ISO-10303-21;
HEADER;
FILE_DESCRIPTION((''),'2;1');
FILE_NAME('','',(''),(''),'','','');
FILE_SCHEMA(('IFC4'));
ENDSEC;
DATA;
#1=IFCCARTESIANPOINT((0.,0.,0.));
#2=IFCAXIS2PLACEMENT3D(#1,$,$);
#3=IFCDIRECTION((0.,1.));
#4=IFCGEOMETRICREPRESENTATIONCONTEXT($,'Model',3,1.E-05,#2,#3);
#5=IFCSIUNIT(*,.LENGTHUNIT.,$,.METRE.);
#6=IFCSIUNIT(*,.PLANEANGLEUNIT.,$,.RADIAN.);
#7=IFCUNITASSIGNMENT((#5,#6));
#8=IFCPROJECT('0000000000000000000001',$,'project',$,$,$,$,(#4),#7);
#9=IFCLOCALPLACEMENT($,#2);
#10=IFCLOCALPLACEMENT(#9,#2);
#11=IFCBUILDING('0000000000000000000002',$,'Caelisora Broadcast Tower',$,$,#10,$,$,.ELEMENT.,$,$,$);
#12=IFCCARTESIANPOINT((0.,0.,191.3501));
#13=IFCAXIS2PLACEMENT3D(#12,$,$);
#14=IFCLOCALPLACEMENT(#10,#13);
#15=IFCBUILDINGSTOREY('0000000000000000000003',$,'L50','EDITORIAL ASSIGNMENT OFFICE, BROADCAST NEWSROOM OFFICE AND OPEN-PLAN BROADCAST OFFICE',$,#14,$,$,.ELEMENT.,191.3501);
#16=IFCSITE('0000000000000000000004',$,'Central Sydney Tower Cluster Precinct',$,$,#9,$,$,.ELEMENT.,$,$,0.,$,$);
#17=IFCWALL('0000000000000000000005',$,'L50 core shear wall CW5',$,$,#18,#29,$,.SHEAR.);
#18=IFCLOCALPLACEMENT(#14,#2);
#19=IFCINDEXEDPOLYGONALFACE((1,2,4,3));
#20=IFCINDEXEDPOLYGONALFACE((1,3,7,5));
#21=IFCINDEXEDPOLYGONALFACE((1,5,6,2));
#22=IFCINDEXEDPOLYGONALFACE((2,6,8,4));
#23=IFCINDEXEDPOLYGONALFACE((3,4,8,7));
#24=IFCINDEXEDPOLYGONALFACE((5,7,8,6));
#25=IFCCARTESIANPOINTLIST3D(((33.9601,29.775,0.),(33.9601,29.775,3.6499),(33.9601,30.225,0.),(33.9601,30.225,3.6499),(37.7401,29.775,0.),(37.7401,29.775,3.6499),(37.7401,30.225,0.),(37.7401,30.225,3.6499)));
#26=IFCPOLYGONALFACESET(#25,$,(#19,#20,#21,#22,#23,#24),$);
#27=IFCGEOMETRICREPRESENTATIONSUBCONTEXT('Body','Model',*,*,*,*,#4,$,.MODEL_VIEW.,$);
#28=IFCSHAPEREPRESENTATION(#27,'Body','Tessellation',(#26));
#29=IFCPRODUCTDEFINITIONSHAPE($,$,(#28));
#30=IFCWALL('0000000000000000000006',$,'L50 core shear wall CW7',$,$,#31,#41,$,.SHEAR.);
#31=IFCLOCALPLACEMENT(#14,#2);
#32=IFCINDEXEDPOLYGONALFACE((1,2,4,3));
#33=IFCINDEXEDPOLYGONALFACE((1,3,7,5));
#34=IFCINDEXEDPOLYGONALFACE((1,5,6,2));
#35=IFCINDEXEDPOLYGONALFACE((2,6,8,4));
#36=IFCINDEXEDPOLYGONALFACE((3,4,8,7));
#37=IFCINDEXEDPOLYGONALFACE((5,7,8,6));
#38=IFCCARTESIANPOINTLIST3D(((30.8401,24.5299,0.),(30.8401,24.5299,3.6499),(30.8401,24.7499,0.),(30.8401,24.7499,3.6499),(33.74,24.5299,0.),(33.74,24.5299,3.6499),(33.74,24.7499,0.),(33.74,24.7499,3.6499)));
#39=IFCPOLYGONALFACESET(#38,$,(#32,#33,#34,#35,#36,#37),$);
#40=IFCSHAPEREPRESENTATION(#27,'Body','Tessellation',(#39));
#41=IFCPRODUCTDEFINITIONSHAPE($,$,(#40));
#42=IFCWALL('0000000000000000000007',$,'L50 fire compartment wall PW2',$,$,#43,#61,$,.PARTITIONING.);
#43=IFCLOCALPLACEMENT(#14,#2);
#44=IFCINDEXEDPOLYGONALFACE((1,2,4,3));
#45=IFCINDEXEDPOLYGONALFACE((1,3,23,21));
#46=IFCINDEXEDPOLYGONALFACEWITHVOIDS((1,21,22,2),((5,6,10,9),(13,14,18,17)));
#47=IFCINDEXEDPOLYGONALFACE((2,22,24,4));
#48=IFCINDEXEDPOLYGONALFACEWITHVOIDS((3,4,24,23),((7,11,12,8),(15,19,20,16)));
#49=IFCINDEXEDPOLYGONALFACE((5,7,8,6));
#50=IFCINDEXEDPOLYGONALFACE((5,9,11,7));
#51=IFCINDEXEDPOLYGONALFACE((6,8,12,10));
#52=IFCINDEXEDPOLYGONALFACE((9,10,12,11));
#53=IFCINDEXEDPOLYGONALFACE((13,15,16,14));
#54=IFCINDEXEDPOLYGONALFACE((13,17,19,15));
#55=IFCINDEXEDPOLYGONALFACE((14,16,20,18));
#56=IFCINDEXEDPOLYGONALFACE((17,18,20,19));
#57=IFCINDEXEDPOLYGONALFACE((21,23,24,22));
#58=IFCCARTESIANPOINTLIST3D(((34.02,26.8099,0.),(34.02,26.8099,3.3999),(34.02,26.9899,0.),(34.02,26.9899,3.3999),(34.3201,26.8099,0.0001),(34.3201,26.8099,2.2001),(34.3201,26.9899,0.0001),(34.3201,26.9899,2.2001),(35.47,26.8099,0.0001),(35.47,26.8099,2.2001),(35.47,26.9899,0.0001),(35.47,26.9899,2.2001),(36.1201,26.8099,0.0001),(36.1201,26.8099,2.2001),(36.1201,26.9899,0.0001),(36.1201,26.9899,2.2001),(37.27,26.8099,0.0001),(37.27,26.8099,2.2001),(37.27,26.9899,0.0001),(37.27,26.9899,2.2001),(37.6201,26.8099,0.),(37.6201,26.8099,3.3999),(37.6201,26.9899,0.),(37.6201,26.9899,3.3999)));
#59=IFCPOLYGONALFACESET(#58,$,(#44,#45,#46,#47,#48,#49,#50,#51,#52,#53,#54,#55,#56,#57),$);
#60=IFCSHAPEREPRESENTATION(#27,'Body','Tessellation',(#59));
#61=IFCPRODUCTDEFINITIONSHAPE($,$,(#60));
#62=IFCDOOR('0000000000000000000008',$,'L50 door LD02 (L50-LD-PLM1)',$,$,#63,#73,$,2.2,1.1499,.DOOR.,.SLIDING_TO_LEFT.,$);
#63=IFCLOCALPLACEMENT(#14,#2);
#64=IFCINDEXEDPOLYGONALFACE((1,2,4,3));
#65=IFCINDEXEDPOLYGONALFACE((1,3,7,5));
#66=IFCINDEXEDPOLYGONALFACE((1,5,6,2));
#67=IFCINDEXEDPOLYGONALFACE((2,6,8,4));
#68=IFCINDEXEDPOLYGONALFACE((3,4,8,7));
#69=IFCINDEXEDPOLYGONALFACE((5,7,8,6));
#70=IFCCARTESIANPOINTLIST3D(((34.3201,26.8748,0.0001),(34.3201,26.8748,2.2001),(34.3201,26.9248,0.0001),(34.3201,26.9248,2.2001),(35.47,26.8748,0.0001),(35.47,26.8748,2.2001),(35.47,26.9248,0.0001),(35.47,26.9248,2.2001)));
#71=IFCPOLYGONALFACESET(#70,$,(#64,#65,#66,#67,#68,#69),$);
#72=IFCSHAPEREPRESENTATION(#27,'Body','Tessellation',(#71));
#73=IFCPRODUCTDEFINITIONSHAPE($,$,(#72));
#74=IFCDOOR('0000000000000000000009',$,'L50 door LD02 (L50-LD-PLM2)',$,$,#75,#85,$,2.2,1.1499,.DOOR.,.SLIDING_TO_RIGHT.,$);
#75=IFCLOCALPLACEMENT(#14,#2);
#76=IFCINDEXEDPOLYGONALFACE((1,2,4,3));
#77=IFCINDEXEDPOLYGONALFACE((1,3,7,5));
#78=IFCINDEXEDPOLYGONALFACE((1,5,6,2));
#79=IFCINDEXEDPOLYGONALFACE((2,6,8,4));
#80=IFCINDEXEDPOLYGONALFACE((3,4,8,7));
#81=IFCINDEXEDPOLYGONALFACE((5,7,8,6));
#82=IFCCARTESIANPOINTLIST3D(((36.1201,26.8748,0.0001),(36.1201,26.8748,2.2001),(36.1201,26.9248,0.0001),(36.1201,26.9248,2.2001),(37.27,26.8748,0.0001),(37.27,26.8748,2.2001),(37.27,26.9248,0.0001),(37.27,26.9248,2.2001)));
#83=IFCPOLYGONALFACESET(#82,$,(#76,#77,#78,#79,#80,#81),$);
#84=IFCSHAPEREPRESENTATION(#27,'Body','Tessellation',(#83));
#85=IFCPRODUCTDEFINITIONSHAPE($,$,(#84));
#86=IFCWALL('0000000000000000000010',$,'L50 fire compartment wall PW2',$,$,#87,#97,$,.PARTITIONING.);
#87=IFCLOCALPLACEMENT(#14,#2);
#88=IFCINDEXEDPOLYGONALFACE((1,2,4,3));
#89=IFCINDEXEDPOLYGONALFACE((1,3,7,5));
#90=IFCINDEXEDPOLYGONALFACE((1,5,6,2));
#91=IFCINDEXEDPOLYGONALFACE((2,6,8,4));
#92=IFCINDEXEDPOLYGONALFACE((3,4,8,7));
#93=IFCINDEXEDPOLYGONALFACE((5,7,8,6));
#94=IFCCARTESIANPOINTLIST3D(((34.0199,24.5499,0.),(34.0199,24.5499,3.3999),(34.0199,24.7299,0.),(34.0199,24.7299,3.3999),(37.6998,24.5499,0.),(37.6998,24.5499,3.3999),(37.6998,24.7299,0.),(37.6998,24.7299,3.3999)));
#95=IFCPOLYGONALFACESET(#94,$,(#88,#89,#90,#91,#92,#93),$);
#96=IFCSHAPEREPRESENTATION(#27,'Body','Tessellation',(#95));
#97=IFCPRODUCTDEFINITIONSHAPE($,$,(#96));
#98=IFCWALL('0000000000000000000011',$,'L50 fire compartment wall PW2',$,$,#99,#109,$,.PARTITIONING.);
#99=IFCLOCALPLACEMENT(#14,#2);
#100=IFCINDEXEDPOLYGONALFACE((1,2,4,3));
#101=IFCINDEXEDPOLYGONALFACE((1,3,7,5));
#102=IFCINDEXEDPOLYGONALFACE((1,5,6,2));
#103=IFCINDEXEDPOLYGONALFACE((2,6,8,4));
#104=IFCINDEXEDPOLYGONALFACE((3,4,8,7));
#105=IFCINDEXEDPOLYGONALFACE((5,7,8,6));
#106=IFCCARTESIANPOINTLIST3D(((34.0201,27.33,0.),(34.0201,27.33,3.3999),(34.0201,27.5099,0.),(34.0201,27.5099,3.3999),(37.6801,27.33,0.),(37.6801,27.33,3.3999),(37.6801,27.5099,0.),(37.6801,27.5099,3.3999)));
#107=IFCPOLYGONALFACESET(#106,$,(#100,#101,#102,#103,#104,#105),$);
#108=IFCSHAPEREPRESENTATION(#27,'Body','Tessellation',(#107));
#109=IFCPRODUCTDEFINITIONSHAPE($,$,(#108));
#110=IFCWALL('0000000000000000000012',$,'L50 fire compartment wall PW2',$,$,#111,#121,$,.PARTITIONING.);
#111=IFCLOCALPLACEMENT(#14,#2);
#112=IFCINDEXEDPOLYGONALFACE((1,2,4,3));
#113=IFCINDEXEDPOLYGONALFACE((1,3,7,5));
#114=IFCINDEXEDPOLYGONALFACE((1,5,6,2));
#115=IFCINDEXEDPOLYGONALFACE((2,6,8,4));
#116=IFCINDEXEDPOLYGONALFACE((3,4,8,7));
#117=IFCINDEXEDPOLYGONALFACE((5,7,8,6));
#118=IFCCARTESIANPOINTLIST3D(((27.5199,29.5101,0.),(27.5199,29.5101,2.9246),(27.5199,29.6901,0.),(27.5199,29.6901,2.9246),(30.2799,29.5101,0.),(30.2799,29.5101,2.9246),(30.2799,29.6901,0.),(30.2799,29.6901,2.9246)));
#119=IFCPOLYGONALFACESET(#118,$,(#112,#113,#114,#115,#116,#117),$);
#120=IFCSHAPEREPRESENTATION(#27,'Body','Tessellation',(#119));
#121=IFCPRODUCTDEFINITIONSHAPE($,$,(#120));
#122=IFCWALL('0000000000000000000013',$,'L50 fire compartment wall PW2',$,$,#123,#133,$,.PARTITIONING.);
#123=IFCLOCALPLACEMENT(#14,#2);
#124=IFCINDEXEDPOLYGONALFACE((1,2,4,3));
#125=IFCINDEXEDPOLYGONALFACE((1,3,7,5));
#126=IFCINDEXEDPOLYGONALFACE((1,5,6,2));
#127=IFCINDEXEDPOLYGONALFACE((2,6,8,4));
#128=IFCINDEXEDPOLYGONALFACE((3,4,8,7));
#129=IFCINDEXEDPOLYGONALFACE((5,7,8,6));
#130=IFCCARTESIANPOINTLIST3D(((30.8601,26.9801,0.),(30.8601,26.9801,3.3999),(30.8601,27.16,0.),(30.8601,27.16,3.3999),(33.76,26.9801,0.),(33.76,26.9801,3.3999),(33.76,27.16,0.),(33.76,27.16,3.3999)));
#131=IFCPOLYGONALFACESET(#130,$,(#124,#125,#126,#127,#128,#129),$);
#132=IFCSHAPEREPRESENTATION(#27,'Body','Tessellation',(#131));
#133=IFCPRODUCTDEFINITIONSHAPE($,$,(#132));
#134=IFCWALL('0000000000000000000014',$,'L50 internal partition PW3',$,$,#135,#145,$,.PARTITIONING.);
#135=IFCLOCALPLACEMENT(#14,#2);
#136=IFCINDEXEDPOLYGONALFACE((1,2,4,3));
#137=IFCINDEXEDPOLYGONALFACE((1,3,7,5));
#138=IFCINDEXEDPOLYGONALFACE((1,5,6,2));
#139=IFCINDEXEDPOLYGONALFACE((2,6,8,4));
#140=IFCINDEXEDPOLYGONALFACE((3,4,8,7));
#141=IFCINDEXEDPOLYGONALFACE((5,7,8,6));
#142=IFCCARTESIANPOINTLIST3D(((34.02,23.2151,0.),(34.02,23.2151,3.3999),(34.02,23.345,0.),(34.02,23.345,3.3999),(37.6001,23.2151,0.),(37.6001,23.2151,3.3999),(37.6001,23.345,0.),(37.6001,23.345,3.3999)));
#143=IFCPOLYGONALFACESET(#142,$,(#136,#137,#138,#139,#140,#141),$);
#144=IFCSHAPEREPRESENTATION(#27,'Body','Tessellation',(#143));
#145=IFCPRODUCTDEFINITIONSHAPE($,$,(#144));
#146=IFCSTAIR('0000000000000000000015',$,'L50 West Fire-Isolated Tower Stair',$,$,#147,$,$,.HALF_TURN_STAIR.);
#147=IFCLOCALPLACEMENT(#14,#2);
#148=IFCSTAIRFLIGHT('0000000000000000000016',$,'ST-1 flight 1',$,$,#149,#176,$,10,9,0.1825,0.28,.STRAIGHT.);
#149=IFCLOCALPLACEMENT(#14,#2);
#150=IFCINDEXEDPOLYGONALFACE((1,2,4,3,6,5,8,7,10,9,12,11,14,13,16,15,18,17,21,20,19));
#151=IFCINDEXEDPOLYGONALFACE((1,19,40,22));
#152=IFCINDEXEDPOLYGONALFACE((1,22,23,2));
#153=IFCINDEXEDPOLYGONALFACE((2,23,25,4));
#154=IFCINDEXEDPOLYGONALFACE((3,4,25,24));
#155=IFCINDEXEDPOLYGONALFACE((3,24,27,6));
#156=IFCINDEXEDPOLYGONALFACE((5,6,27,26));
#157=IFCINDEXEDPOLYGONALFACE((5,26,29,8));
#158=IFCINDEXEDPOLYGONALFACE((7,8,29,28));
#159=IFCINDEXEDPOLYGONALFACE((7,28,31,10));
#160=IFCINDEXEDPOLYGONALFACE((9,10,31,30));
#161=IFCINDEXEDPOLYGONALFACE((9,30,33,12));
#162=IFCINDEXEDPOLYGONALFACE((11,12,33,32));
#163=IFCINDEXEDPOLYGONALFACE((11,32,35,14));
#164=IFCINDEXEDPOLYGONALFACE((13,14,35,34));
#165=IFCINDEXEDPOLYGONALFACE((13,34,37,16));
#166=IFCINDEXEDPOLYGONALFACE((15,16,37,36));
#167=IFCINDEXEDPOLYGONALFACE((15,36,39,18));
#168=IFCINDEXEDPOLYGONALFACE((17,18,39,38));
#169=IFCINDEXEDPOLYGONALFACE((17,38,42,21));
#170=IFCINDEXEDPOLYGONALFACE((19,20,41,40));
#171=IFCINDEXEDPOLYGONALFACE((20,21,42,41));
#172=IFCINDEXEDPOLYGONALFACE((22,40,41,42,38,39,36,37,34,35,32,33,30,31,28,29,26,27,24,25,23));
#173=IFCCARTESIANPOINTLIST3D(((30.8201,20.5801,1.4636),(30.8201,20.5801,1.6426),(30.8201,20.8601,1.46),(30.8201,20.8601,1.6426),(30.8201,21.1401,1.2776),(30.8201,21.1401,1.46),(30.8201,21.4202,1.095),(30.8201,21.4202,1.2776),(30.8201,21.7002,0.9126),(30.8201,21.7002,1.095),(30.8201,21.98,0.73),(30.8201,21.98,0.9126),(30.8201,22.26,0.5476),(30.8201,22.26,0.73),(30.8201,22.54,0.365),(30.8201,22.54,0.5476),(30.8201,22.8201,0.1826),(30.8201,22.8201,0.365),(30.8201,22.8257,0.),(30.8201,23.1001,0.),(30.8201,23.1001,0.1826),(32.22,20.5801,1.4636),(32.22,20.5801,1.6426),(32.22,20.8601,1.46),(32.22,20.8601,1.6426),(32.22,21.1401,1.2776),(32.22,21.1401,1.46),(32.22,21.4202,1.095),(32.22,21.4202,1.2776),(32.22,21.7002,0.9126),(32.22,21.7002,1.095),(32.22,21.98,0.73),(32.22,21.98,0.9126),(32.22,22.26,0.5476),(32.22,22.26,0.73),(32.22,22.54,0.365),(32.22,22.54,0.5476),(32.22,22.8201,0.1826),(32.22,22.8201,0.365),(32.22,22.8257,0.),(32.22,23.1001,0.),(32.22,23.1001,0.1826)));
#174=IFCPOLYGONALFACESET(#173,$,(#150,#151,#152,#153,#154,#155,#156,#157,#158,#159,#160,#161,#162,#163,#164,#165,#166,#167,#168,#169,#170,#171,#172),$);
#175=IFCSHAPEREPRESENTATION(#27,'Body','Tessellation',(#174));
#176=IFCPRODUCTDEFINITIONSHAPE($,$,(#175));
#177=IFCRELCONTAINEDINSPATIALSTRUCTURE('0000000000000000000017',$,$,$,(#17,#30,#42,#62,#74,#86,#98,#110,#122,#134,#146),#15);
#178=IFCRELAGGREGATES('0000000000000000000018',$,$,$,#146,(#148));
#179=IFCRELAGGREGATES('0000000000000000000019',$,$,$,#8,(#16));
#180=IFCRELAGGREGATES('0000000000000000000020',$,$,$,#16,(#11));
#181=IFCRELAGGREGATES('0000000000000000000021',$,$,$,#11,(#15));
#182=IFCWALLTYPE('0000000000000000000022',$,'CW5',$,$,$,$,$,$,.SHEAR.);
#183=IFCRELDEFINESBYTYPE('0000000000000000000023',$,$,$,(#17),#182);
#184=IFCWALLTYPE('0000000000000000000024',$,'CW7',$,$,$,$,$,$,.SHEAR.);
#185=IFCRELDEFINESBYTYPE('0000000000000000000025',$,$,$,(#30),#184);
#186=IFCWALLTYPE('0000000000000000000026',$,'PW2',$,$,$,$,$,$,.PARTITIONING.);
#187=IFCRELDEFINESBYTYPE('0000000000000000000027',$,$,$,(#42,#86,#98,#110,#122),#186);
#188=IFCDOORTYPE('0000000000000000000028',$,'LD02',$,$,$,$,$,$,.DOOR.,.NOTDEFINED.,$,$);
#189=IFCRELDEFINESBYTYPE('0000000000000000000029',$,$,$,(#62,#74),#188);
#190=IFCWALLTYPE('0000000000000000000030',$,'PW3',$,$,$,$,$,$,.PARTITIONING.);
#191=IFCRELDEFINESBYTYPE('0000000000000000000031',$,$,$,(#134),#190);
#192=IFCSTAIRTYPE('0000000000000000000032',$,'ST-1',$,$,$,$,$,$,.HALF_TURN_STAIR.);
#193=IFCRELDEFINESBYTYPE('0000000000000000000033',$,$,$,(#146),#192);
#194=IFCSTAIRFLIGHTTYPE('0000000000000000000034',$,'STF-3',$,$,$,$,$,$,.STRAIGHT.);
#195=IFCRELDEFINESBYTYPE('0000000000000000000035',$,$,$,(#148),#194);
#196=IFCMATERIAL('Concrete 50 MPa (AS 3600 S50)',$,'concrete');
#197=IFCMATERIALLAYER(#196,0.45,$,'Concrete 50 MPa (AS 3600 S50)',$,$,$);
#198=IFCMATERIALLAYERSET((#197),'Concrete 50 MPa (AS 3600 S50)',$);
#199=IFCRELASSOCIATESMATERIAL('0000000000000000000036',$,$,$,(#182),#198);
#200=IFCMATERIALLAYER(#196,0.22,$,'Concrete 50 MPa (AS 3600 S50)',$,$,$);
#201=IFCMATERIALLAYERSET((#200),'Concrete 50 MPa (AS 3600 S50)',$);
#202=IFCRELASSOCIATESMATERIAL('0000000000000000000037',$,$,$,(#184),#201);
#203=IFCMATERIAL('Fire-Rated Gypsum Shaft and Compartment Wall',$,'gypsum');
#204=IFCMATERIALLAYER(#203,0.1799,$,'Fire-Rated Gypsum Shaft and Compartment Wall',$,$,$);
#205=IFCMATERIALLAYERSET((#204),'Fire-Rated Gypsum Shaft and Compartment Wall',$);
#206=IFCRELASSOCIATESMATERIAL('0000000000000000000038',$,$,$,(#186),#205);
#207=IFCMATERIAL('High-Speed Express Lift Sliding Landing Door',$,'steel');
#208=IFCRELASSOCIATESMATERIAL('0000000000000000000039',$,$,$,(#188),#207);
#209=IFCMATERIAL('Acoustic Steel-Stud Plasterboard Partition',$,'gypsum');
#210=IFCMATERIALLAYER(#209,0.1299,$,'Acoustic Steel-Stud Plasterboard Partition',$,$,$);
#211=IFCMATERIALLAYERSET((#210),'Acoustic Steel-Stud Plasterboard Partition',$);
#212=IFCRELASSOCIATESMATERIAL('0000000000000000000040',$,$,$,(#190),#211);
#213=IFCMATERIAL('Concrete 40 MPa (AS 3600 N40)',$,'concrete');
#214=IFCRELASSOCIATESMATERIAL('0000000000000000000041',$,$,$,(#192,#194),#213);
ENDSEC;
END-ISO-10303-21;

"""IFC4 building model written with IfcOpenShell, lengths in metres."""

from ifc_helpers import new_model, si_unit, direction, frame, frame_2d, origin, place, context, subcontext, project, spatial, polyline, rectangle, outline, extrude, material, layer, layer_set, type_object, element, fill, aggregate, save


model = new_model("IFC4")

# Units and contexts
model_context = context("Model", 3, precision=1e-05, world=origin(), true_north=direction((0.0, 1.0)))
body_context = subcontext(model_context, "Body", "Model", "MODEL_VIEW")
ifc_project = project(units=[si_unit("LENGTHUNIT", "METRE"), si_unit("PLANEANGLEUNIT", "RADIAN")], contexts=[model_context])

# Site, building, storey
site_placement = place(None, origin())
site = spatial("IfcSite", under=ifc_project, at=site_placement, Name="Central Sydney Tower Cluster Precinct", CompositionType="ELEMENT", RefElevation=0.0)
building_placement = place(site_placement, origin())
building = spatial("IfcBuilding", under=site, at=building_placement, Name="Caelisora Broadcast Tower", CompositionType="ELEMENT")
storey_placement = place(building_placement, frame((0.0, 0.0, 191.3501)))
storey = spatial("IfcBuildingStorey", under=building, at=storey_placement, Name="L50", Description="EDITORIAL ASSIGNMENT OFFICE, BROADCAST NEWSROOM OFFICE AND OPEN-PLAN BROADCAST OFFICE", CompositionType="ELEMENT", Elevation=191.3501)

# Walls
ifc_material_1 = material(Name="Concrete 50 MPa (AS 3600 S50)", Category="concrete")
ifc_layer_1 = layer(ifc_material_1, 0.45, Name="Concrete 50 MPa (AS 3600 S50)")
ifc_layer_set_1 = layer_set([ifc_layer_1], Name="Concrete 50 MPa (AS 3600 S50)")
wall_type_1 = type_object("IfcWallType", Name="CW5", PredefinedType="SHEAR", material=ifc_layer_set_1)
wall_1_placement = place(storey_placement, frame((33.96, 30.0, 0.0), z_axis=(0.0, 0.0, 1.0), x_axis=(1.0, 0.0, 0.0)))
element("IfcWall", 1, at=wall_1_placement, inside=storey, type_object=wall_type_1, Name="L50 core shear wall CW5", PredefinedType="SHEAR", context=body_context, shape_type="SweptSolid", body=[
    extrude(rectangle(XDim=3.78, YDim=0.45, at=frame_2d((1.8901, 0.0))), origin(), (0.0, 0.0, 1.0), 3.6499),
])
ifc_layer_2 = layer(ifc_material_1, 0.22, Name="Concrete 50 MPa (AS 3600 S50)")
ifc_layer_set_2 = layer_set([ifc_layer_2], Name="Concrete 50 MPa (AS 3600 S50)")
wall_type_2 = type_object("IfcWallType", Name="CW7", PredefinedType="SHEAR", material=ifc_layer_set_2)
wall_2_placement = place(storey_placement, frame((30.8401, 24.6399, 0.0), z_axis=(0.0, 0.0, 1.0), x_axis=(1.0, 0.0, 0.0)))
element("IfcWall", 2, at=wall_2_placement, inside=storey, type_object=wall_type_2, Name="L50 core shear wall CW7", PredefinedType="SHEAR", context=body_context, shape_type="SweptSolid", body=[
    extrude(rectangle(XDim=2.8999, YDim=0.22, at=frame_2d((1.45, 0.0))), origin(), (0.0, 0.0, 1.0), 3.6499),
])

# Wall, openings, doors
ifc_material_2 = material(Name="Fire-Rated Gypsum Shaft and Compartment Wall", Category="gypsum")
ifc_layer_3 = layer(ifc_material_2, 0.1799, Name="Fire-Rated Gypsum Shaft and Compartment Wall")
ifc_layer_set_3 = layer_set([ifc_layer_3], Name="Fire-Rated Gypsum Shaft and Compartment Wall")
wall_type_3 = type_object("IfcWallType", Name="PW2", PredefinedType="PARTITIONING", material=ifc_layer_set_3)
wall_3_placement = place(storey_placement, frame((34.02, 26.8999, 0.0), z_axis=(0.0, 0.0, 1.0), x_axis=(1.0, 0.0, 0.0)))
wall_3 = element("IfcWall", 3, at=wall_3_placement, inside=storey, type_object=wall_type_3, Name="L50 fire compartment wall PW2", PredefinedType="PARTITIONING", context=body_context, shape_type="SweptSolid", body=[
    extrude(rectangle(XDim=3.6001, YDim=0.1799, at=frame_2d((1.8, 0.0))), origin(), (0.0, 0.0, 1.0), 3.3999),
])
opening_1_placement = place(wall_3_placement, frame((0.3, 0.0, 0.0)))
opening_1 = element("IfcOpeningElement", 4, at=opening_1_placement, cuts=wall_3, PredefinedType="OPENING", context=body_context, shape_type="SweptSolid", body=[
    extrude(rectangle(XDim=1.1499, YDim=2.2, at=frame_2d((0.575, 1.1001))), frame((0.0, 0.1021, 0.0), z_axis=(0.0, -1.0, 0.0), x_axis=(1.0, 0.0, 0.0)), (0.0, 0.0, 1.0), 0.2039),
])
opening_2_placement = place(wall_3_placement, frame((2.1001, 0.0, 0.0)))
opening_2 = element("IfcOpeningElement", 5, at=opening_2_placement, cuts=wall_3, PredefinedType="OPENING", context=body_context, shape_type="SweptSolid", body=[
    extrude(rectangle(XDim=1.1499, YDim=2.2, at=frame_2d((0.575, 1.1001))), frame((0.0, 0.1021, 0.0), z_axis=(0.0, -1.0, 0.0), x_axis=(1.0, 0.0, 0.0)), (0.0, 0.0, 1.0), 0.2039),
])
ifc_material_3 = material(Name="High-Speed Express Lift Sliding Landing Door", Category="steel")
door_type = type_object("IfcDoorType", Name="LD02", OperationType="NOTDEFINED", PredefinedType="DOOR", material=ifc_material_3)
door_1_placement = place(opening_1_placement, origin())
door_1 = element("IfcDoor", 6, at=door_1_placement, inside=storey, type_object=door_type, Name="L50 door LD02 (L50-LD-PLM1)", OperationType="SLIDING_TO_LEFT", OverallHeight=2.2, OverallWidth=1.1499, PredefinedType="DOOR", context=body_context, shape_type="SweptSolid", body=[
    extrude(rectangle(XDim=1.1499, YDim=2.2, at=frame_2d((0.575, 1.1001))), frame((0.0, 0.0249, 0.0), z_axis=(0.0, -1.0, 0.0), x_axis=(1.0, 0.0, 0.0)), (0.0, 0.0, 1.0), 0.05),
])
fill(opening_1, door_1)
door_2_placement = place(opening_2_placement, origin())
door_2 = element("IfcDoor", 7, at=door_2_placement, inside=storey, type_object=door_type, Name="L50 door LD02 (L50-LD-PLM2)", OperationType="SLIDING_TO_RIGHT", OverallHeight=2.2, OverallWidth=1.1499, PredefinedType="DOOR", context=body_context, shape_type="SweptSolid", body=[
    extrude(rectangle(XDim=1.1499, YDim=2.2, at=frame_2d((0.575, 1.1001))), frame((0.0, 0.0249, 0.0), z_axis=(0.0, -1.0, 0.0), x_axis=(1.0, 0.0, 0.0)), (0.0, 0.0, 1.0), 0.05),
])
fill(opening_2, door_2)

# Walls
wall_4_placement = place(storey_placement, frame((34.02, 24.6399, 0.0), z_axis=(0.0, 0.0, 1.0), x_axis=(1.0, 0.0, 0.0)))
element("IfcWall", 8, at=wall_4_placement, inside=storey, type_object=wall_type_3, Name="L50 fire compartment wall PW2", PredefinedType="PARTITIONING", context=body_context, shape_type="SweptSolid", body=[
    extrude(rectangle(XDim=3.6799, YDim=0.1799, at=frame_2d((1.8398, 0.0))), origin(), (0.0, 0.0, 1.0), 3.3999),
])
wall_5_placement = place(storey_placement, frame((34.02, 27.4199, 0.0), z_axis=(0.0, 0.0, 1.0), x_axis=(1.0, 0.0, 0.0)))
element("IfcWall", 9, at=wall_5_placement, inside=storey, type_object=wall_type_3, Name="L50 fire compartment wall PW2", PredefinedType="PARTITIONING", context=body_context, shape_type="SweptSolid", body=[
    extrude(rectangle(XDim=3.6599, YDim=0.1799, at=frame_2d((1.8301, 0.0))), origin(), (0.0, 0.0, 1.0), 3.3999),
])
wall_6_placement = place(storey_placement, frame((27.52, 29.6001, 0.0), z_axis=(0.0, 0.0, 1.0), x_axis=(1.0, 0.0, 0.0)))
element("IfcWall", 10, at=wall_6_placement, inside=storey, type_object=wall_type_3, Name="L50 fire compartment wall PW2", PredefinedType="PARTITIONING", context=body_context, shape_type="SweptSolid", body=[
    extrude(rectangle(XDim=2.76, YDim=0.1799, at=frame_2d((1.3799, 0.0))), origin(), (0.0, 0.0, 1.0), 2.9246),
])
wall_7_placement = place(storey_placement, frame((30.8601, 27.0701, 0.0), z_axis=(0.0, 0.0, 1.0), x_axis=(1.0, 0.0, 0.0)))
element("IfcWall", 11, at=wall_7_placement, inside=storey, type_object=wall_type_3, Name="L50 fire compartment wall PW2", PredefinedType="PARTITIONING", context=body_context, shape_type="SweptSolid", body=[
    extrude(rectangle(XDim=2.8999, YDim=0.1799, at=frame_2d((1.45, 0.0))), origin(), (0.0, 0.0, 1.0), 3.3999),
])
ifc_material_4 = material(Name="Acoustic Steel-Stud Plasterboard Partition", Category="gypsum")
ifc_layer_4 = layer(ifc_material_4, 0.1299, Name="Acoustic Steel-Stud Plasterboard Partition")
ifc_layer_set_4 = layer_set([ifc_layer_4], Name="Acoustic Steel-Stud Plasterboard Partition")
wall_type_4 = type_object("IfcWallType", Name="PW3", PredefinedType="PARTITIONING", material=ifc_layer_set_4)
wall_8_placement = place(storey_placement, frame((34.02, 23.28, 0.0), z_axis=(0.0, 0.0, 1.0), x_axis=(1.0, 0.0, 0.0)))
element("IfcWall", 12, at=wall_8_placement, inside=storey, type_object=wall_type_4, Name="L50 internal partition PW3", PredefinedType="PARTITIONING", context=body_context, shape_type="SweptSolid", body=[
    extrude(rectangle(XDim=3.5801, YDim=0.1299, at=frame_2d((1.79, 0.0))), origin(), (0.0, 0.0, 1.0), 3.3999),
])

# Stair, stair flight
ifc_material_5 = material(Name="Concrete 40 MPa (AS 3600 N40)", Category="concrete")
stair_type = type_object("IfcStairType", Name="ST-1", PredefinedType="HALF_TURN_STAIR", material=ifc_material_5)
stair_placement = place(storey_placement, origin())
stair = element("IfcStair", 13, at=stair_placement, inside=storey, type_object=stair_type, Name="L50 West Fire-Isolated Tower Stair", PredefinedType="HALF_TURN_STAIR")
stair_flight_type = type_object("IfcStairFlightType", Name="STF-3", PredefinedType="STRAIGHT", material=ifc_material_5)
stair_flight_placement = place(storey_placement, frame((31.52, 23.1001, 0.0), z_axis=(0.0, 0.0, 1.0), x_axis=(0.0, -1.0, 0.0)))
stair_flight = element("IfcStairFlight", 14, at=stair_flight_placement, type_object=stair_flight_type, Name="ST-1 flight 1", NumberOfRisers=10, NumberOfTreads=9, PredefinedType="STRAIGHT", RiserHeight=0.1825, TreadLength=0.28, context=body_context, shape_type="SweptSolid", body=[
    extrude(outline(polyline([(0.0, 0.0), (0.0, 0.1826), (0.28, 0.1826), (0.28, 0.365), (0.5601, 0.365), (0.5601, 0.5476), (0.8401, 0.5476), (0.8401, 0.73), (1.1201, 0.73), (1.1201, 0.9126), (1.3999, 0.9126), (1.3999, 1.095), (1.6799, 1.095), (1.6799, 1.2776), (1.96, 1.2776), (1.96, 1.46), (2.24, 1.46), (2.24, 1.6426), (2.52, 1.6426), (2.52, 1.825), (2.52, 1.4636), (0.2744, 0.0), (0.0, 0.0)])), frame((0.0, 0.7, 0.0), z_axis=(0.0, -1.0, 0.0), x_axis=(1.0, 0.0, 0.0)), (0.0, 0.0, 1.0), 1.3999),
])
aggregate(stair, [stair_flight])

save(model, "model.ifc")
